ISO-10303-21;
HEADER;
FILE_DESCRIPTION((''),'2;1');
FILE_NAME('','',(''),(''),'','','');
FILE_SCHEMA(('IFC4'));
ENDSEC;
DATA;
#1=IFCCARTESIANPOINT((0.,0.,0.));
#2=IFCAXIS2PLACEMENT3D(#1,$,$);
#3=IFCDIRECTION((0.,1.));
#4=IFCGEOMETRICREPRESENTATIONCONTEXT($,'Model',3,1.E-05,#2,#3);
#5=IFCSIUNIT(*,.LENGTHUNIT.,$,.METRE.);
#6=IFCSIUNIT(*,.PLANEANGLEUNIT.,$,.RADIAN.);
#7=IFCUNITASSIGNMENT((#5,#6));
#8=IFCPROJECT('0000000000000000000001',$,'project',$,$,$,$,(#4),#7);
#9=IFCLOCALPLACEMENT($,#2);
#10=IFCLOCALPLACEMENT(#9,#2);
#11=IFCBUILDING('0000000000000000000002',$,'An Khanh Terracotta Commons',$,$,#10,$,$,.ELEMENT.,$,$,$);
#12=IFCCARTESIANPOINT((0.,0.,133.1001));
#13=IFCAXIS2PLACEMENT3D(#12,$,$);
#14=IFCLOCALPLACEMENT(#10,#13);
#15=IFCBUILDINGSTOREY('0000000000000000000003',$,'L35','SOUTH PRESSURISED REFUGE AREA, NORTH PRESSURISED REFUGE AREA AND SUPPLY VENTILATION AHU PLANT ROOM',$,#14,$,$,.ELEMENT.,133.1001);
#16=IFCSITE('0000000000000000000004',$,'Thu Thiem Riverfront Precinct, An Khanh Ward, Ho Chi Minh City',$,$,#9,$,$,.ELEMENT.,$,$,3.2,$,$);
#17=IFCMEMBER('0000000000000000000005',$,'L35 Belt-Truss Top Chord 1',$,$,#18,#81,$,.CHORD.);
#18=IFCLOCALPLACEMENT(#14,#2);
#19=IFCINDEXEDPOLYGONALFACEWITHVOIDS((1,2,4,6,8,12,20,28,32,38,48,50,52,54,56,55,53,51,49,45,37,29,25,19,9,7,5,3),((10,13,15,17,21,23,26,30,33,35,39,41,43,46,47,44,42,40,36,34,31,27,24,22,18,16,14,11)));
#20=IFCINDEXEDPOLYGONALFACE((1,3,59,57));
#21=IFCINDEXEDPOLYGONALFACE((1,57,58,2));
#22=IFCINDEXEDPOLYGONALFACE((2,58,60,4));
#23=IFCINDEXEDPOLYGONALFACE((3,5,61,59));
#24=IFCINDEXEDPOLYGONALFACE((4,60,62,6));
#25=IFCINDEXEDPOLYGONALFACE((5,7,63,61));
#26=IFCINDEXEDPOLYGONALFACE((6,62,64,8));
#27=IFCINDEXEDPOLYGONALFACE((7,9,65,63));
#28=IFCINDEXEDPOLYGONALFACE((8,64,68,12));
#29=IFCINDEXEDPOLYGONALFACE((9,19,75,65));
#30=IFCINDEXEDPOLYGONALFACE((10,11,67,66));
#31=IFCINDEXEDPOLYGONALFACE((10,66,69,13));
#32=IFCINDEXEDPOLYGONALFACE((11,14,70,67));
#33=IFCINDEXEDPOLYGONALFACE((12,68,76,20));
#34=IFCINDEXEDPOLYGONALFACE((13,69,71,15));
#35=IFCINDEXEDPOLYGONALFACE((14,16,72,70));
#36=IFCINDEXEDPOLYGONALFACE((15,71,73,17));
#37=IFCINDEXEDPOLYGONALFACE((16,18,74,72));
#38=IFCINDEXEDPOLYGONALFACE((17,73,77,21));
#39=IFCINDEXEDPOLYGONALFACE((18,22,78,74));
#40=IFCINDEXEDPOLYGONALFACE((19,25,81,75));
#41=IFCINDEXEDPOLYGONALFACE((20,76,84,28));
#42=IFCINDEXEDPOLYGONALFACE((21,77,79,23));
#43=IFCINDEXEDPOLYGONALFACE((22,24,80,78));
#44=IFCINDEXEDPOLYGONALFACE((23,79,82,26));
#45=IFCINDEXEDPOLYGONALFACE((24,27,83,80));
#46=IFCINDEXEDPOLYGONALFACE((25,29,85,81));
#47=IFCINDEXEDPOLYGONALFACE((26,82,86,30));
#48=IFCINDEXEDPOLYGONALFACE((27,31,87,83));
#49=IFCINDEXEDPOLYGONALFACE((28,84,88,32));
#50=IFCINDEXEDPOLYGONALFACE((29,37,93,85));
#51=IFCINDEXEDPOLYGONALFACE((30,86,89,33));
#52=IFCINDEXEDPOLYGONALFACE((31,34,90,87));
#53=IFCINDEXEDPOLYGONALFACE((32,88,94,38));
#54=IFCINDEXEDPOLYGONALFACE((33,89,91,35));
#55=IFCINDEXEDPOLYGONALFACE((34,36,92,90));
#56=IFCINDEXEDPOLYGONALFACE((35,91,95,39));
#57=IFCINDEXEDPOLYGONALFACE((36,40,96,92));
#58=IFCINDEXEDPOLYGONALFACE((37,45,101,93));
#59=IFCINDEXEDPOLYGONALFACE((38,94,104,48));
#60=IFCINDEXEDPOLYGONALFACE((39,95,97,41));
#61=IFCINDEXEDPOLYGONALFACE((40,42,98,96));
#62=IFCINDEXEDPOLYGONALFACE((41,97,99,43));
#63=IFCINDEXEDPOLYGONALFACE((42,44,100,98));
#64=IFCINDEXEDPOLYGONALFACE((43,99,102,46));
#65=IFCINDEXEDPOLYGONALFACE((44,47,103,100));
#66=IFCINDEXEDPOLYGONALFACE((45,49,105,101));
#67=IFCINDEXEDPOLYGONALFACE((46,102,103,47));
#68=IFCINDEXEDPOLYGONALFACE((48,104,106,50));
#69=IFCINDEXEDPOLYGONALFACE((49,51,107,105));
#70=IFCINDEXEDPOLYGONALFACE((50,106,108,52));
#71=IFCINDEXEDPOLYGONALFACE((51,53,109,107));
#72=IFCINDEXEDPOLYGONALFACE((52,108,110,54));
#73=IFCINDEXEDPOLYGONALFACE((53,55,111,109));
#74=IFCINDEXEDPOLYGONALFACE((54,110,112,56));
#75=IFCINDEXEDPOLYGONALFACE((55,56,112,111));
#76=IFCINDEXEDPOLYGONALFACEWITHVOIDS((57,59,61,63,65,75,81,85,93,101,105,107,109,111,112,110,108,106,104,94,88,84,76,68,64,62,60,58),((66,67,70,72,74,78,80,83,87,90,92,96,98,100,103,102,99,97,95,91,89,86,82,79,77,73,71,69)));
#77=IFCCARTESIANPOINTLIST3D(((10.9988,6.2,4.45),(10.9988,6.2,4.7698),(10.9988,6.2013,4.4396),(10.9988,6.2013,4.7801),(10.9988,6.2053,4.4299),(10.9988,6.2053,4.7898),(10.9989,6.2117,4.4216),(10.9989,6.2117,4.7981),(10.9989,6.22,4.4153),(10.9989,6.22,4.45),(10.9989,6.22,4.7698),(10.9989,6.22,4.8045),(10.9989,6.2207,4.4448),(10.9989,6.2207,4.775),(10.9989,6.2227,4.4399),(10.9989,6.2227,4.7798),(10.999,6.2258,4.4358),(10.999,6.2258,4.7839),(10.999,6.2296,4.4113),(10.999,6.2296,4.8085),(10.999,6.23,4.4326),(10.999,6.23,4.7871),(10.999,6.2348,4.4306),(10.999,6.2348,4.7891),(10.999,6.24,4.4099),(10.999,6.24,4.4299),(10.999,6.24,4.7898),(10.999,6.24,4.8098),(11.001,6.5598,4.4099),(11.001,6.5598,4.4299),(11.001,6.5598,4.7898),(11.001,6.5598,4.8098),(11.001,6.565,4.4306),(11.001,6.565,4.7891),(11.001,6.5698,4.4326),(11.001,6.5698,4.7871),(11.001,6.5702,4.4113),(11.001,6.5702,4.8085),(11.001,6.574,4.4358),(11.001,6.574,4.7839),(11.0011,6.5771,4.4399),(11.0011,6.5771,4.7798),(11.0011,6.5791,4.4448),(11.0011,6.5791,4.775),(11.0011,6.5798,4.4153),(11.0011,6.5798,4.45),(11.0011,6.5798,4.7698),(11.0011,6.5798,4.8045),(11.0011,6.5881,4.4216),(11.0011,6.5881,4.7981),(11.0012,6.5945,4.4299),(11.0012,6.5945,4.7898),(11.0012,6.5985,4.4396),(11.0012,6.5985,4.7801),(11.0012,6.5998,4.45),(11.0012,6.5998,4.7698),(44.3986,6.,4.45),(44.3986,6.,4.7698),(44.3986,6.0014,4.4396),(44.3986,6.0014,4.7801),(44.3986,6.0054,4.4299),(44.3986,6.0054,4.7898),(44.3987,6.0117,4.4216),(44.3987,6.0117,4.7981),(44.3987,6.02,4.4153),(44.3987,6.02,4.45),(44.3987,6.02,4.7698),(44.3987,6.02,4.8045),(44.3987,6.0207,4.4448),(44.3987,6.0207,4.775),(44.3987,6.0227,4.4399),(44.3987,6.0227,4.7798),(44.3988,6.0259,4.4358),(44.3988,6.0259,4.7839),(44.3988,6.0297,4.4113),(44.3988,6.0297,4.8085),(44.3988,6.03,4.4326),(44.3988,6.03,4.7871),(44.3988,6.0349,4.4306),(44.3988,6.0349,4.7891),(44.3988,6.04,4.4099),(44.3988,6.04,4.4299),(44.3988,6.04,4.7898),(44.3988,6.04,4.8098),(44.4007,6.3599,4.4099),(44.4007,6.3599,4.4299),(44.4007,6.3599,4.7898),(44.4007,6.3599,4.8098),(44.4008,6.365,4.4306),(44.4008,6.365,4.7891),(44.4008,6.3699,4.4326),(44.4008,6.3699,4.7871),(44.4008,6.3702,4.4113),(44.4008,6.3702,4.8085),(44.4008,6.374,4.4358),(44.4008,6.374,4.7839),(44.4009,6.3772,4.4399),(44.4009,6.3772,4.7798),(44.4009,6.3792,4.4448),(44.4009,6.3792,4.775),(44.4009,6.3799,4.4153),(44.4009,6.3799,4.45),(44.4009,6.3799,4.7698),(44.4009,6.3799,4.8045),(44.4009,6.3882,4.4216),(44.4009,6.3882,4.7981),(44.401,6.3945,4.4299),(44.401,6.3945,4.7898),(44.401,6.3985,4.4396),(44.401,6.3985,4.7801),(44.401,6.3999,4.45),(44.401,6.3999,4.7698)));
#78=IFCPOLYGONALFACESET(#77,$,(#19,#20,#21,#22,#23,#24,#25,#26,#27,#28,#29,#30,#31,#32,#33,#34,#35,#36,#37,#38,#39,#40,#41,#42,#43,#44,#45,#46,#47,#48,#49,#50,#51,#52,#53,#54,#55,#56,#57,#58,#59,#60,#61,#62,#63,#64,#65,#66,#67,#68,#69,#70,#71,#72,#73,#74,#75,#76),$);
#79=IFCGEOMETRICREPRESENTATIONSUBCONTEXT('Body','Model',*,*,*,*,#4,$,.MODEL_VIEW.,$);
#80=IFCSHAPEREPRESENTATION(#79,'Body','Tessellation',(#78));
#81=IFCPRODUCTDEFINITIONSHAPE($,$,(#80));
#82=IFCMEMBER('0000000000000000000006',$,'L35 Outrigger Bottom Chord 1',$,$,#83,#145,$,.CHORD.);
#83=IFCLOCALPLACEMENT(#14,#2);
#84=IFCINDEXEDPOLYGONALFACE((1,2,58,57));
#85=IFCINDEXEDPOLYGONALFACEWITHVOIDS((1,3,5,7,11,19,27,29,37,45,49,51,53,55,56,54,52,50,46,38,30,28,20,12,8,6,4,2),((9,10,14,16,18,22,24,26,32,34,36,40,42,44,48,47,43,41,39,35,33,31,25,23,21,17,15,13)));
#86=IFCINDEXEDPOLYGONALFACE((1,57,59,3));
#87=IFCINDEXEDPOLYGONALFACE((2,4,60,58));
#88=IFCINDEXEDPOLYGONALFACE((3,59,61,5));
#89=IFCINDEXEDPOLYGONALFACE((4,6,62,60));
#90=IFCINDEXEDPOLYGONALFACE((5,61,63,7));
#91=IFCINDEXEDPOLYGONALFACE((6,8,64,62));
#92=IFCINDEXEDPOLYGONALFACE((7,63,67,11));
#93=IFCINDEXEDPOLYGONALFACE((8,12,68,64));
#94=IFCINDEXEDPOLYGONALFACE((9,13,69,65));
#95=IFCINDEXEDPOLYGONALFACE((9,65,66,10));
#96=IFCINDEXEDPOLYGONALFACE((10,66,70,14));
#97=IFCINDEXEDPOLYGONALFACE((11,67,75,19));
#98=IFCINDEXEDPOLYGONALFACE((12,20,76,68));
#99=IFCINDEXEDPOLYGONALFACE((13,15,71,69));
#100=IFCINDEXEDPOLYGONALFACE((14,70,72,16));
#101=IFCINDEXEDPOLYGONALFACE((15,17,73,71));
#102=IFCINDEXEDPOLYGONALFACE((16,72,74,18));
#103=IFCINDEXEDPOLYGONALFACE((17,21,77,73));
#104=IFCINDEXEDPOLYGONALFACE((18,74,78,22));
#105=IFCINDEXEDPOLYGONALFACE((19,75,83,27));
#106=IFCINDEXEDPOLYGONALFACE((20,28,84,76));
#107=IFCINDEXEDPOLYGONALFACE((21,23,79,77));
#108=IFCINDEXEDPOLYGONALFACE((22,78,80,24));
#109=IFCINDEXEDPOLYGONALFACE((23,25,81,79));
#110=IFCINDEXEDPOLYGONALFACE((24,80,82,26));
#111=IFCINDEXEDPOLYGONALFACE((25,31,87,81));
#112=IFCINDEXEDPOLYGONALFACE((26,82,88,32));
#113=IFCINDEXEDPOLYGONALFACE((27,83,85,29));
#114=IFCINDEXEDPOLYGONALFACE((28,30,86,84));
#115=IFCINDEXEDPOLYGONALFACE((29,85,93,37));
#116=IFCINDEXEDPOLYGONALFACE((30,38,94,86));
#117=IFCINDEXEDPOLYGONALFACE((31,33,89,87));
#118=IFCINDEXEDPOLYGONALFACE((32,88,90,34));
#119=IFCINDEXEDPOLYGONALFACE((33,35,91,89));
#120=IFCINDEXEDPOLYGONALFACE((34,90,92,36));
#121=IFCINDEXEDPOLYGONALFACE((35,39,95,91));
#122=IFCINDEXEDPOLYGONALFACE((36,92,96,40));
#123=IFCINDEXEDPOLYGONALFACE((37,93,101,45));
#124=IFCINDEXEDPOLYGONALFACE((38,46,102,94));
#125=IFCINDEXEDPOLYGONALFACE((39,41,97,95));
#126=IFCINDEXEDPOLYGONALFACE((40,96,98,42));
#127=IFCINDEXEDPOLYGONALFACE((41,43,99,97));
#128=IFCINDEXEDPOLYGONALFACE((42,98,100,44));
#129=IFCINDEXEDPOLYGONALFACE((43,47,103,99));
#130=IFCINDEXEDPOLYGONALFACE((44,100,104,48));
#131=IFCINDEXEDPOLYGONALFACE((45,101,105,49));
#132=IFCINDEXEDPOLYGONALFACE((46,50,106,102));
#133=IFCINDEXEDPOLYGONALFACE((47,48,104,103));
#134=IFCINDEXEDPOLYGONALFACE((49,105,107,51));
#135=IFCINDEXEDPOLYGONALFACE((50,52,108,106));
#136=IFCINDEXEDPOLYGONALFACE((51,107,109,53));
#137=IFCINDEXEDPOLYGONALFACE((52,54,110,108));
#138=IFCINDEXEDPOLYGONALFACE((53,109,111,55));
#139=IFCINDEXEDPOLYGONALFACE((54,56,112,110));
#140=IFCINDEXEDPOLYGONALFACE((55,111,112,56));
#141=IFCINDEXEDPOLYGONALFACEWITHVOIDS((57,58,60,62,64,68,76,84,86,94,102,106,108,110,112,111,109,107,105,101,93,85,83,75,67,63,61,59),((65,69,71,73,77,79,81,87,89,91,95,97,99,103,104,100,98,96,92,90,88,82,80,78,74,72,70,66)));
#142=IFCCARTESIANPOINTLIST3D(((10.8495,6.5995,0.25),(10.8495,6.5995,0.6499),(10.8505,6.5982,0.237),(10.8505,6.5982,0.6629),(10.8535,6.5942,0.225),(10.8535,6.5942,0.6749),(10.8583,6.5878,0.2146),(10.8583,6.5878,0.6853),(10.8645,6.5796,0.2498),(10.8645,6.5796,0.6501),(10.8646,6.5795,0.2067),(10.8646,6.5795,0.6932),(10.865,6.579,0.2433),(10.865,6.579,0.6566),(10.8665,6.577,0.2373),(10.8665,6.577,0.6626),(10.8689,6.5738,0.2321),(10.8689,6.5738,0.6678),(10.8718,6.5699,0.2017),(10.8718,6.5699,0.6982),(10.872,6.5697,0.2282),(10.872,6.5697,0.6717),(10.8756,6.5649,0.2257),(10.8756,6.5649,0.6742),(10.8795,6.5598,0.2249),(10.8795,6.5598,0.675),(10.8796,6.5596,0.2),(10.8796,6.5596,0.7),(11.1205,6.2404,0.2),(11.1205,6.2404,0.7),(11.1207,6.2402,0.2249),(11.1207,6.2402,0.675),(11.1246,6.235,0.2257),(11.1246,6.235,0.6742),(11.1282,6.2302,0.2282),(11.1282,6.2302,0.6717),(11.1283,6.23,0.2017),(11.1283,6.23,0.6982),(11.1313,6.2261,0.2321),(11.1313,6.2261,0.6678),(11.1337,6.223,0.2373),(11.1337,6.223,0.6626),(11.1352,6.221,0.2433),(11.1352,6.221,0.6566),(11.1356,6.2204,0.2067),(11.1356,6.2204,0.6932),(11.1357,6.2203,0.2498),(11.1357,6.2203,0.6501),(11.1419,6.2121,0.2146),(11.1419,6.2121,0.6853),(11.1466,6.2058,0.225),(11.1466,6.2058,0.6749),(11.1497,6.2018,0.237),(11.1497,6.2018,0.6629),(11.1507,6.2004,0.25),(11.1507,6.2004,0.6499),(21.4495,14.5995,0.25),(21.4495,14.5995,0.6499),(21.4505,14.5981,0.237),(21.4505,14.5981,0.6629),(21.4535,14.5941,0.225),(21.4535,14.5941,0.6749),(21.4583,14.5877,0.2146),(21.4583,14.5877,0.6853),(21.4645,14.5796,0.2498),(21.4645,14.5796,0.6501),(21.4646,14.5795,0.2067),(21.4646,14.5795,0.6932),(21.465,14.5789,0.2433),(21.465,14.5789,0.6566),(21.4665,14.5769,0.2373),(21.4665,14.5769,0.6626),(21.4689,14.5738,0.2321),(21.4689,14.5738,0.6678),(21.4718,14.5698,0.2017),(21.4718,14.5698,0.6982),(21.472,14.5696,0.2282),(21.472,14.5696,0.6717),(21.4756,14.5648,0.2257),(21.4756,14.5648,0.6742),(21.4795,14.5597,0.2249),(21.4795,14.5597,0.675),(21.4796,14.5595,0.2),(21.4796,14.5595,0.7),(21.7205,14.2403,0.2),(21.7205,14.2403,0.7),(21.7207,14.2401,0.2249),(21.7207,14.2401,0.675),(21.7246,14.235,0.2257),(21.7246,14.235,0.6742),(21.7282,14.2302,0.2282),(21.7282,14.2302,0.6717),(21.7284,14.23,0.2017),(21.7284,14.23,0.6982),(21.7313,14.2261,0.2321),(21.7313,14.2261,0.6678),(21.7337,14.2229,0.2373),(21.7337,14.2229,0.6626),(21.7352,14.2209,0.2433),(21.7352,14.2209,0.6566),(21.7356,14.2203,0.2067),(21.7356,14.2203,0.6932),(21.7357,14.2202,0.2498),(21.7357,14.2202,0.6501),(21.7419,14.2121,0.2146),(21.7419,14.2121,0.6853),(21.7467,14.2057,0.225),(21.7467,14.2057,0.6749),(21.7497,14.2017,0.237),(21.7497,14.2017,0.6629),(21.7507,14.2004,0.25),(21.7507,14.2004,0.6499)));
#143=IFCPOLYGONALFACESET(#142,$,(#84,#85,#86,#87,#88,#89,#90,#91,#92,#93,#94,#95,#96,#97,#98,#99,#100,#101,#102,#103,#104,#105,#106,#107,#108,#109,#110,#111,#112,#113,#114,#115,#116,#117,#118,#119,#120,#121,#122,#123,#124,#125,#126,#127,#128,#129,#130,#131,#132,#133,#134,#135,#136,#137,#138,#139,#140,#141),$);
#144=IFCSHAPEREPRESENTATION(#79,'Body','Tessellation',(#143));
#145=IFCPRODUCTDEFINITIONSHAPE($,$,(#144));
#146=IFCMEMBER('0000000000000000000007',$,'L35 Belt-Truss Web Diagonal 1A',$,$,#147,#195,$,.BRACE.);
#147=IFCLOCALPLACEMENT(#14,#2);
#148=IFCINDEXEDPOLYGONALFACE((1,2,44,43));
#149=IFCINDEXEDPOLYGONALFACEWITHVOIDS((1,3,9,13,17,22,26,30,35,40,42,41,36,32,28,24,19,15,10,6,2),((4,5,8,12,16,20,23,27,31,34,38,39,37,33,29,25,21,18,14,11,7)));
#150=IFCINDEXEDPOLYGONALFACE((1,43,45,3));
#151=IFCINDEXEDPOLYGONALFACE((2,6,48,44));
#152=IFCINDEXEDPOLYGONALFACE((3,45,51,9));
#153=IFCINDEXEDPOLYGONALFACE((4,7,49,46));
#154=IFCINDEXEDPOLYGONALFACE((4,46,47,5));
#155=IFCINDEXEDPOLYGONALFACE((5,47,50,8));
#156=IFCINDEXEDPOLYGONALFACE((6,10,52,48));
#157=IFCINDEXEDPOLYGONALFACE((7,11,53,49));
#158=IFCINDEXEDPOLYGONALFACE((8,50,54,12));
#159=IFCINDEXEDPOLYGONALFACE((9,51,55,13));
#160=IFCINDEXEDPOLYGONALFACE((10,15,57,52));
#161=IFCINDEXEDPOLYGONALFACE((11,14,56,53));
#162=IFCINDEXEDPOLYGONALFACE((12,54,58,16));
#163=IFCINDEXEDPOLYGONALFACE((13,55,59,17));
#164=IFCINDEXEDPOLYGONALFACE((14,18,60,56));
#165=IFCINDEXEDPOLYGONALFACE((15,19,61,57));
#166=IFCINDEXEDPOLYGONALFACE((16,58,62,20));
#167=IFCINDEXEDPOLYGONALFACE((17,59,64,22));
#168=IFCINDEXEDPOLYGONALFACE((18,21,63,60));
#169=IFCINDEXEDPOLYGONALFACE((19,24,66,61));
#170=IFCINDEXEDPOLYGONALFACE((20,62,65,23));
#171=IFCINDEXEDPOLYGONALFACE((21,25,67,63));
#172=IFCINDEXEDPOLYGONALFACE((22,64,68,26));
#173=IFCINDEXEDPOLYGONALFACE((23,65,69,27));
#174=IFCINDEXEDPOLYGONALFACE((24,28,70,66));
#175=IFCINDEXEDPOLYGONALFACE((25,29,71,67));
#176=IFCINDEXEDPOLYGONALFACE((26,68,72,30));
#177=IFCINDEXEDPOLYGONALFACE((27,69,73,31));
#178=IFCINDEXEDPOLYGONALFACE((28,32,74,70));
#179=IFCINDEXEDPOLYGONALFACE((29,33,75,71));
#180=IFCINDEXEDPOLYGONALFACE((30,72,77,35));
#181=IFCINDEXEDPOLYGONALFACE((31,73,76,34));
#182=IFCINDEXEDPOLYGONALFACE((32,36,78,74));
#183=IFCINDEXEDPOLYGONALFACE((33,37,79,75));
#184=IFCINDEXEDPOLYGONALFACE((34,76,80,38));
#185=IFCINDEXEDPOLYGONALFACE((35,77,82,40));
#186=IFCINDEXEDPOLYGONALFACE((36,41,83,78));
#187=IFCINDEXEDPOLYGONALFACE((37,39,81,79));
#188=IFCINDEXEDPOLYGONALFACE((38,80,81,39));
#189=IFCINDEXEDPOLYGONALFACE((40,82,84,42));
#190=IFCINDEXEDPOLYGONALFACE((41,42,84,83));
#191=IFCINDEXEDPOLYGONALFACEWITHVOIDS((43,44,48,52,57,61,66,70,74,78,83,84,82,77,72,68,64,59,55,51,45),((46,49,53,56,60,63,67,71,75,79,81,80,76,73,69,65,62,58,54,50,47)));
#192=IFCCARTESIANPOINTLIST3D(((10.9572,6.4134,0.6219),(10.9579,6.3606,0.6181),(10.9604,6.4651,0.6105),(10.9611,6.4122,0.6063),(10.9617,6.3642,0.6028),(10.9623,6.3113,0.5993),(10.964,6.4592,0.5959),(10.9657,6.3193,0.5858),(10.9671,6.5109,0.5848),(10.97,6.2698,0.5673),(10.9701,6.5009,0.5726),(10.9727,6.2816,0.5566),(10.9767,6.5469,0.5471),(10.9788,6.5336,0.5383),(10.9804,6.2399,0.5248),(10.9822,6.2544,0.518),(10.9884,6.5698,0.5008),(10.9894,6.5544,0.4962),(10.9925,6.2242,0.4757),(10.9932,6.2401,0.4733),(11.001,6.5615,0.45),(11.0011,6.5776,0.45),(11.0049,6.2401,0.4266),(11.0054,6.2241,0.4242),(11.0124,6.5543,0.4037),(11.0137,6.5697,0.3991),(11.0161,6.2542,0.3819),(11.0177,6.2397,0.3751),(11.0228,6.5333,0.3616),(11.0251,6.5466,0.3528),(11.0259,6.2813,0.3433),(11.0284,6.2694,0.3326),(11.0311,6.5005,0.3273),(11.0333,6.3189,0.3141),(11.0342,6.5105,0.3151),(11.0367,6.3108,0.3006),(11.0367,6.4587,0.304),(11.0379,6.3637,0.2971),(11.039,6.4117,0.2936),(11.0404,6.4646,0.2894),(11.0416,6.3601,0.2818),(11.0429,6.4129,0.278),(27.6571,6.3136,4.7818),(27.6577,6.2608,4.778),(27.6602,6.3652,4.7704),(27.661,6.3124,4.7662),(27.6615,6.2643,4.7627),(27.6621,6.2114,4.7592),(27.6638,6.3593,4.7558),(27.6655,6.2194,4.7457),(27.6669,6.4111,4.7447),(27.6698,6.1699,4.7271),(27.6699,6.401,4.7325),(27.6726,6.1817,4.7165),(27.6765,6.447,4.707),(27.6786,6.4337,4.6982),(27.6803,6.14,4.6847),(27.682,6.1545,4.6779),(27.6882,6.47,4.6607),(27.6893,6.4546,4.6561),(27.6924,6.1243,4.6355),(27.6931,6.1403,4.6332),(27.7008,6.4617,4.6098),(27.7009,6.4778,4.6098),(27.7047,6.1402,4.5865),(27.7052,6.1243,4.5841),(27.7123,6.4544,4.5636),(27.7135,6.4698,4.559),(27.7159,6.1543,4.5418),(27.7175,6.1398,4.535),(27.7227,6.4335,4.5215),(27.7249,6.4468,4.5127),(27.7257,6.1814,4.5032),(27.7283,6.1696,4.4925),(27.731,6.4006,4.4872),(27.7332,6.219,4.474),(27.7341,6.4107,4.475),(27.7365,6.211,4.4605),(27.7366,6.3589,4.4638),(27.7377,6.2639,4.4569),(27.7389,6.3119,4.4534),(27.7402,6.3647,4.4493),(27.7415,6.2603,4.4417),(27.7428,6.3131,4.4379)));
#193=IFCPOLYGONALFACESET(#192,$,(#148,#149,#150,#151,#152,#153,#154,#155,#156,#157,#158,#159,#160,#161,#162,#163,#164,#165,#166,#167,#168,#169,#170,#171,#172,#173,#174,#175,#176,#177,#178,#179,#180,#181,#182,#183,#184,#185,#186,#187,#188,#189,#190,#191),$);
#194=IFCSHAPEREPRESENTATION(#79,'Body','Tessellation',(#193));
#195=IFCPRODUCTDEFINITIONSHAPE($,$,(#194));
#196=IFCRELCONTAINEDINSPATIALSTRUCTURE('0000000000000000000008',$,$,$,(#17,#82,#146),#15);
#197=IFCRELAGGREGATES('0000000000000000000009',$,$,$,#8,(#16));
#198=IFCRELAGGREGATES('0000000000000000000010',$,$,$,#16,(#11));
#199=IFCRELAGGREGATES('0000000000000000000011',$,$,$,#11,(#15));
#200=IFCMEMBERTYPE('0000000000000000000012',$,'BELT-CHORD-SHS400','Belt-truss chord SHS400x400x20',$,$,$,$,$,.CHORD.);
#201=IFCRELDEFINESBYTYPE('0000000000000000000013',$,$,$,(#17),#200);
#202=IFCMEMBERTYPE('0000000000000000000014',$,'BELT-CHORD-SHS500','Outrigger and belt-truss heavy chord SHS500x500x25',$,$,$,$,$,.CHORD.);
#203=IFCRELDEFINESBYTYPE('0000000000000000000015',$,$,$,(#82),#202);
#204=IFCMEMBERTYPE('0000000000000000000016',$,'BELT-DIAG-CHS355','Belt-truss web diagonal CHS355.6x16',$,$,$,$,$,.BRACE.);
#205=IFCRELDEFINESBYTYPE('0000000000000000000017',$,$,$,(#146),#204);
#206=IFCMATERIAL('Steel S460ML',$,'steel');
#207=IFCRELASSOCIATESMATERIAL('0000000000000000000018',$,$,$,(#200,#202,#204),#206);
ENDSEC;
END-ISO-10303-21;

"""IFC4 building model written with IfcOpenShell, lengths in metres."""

from ifc_helpers import new_model, si_unit, direction, frame, origin, origin_2d, place, context, subcontext, project, spatial, hollow_rectangle, hollow_circle, extrude, material, material_profile, profile_set, type_object, element, save


model = new_model("IFC4")

# Units and contexts
model_context = context("Model", 3, precision=1e-05, world=origin(), true_north=direction((0.0, 1.0)))
body_context = subcontext(model_context, "Body", "Model", "MODEL_VIEW")
ifc_project = project(units=[si_unit("LENGTHUNIT", "METRE"), si_unit("PLANEANGLEUNIT", "RADIAN")], contexts=[model_context])

# Site, building, storey
site_placement = place(None, origin())
site = spatial("IfcSite", under=ifc_project, at=site_placement, Name="Thu Thiem Riverfront Precinct, An Khanh Ward, Ho Chi Minh City", CompositionType="ELEMENT", RefElevation=3.2)
building_placement = place(site_placement, origin())
building = spatial("IfcBuilding", under=site, at=building_placement, Name="An Khanh Terracotta Commons", CompositionType="ELEMENT")
storey_placement = place(building_placement, frame((0.0, 0.0, 133.1001)))
storey = spatial("IfcBuildingStorey", under=building, at=storey_placement, Name="L35", Description="SOUTH PRESSURISED REFUGE AREA, NORTH PRESSURISED REFUGE AREA AND SUPPLY VENTILATION AHU PLANT ROOM", CompositionType="ELEMENT", Elevation=133.1001)

# Members
ifc_material_1 = material(Name="Steel S460ML", Category="steel")
ifc_material_profile_1 = material_profile(ifc_material_1, hollow_rectangle(XDim=0.3999, YDim=0.3999, WallThickness=0.02, InnerFilletRadius=0.02, OuterFilletRadius=0.04, at=origin_2d()), Name="SHS400x400x20")
ifc_profile_set_1 = profile_set([ifc_material_profile_1], Name="Steel S460ML")
member_type_1 = type_object("IfcMemberType", Name="BELT-CHORD-SHS400", Description="Belt-truss chord SHS400x400x20", PredefinedType="CHORD", material=ifc_profile_set_1)
for number, where, z_axis, x_axis, name in (
    (1, (11.0, 6.3999, 4.6099), (0.999982, -0.005986, 0.0), (0.005986, 0.999982, 0.0), "L35 Belt-Truss Top Chord 1"),
):
    element("IfcMember", number, at=place(storey_placement, frame(where, z_axis=z_axis, x_axis=x_axis)), inside=storey, type_object=member_type_1, Name=name, PredefinedType="CHORD", context=body_context, shape_type="SweptSolid", body=[
        extrude(hollow_rectangle(XDim=0.3999, YDim=0.3999, WallThickness=0.02, InnerFilletRadius=0.02, OuterFilletRadius=0.04, at=origin_2d()), origin(), (0.0, 0.0, 1.0), 33.4004),
    ])
ifc_material_profile_2 = material_profile(ifc_material_1, hollow_rectangle(XDim=0.5, YDim=0.5, WallThickness=0.0249, InnerFilletRadius=0.0249, OuterFilletRadius=0.05, at=origin_2d()), Name="SHS500x500x25")
ifc_profile_set_2 = profile_set([ifc_material_profile_2], Name="Steel S460ML")
member_type_2 = type_object("IfcMemberType", Name="BELT-CHORD-SHS500", Description="Outrigger and belt-truss heavy chord SHS500x500x25", PredefinedType="CHORD", material=ifc_profile_set_2)
member_1_placement = place(storey_placement, frame((21.6001, 14.3999, 0.45), z_axis=(-0.798192, -0.602403, 0.0), x_axis=(0.602403, -0.798192, 0.0)))
element("IfcMember", 2, at=member_1_placement, inside=storey, type_object=member_type_2, Name="L35 Outrigger Bottom Chord 1", PredefinedType="CHORD", context=body_context, shape_type="SweptSolid", body=[
    extrude(hollow_rectangle(XDim=0.5, YDim=0.5, WallThickness=0.0249, InnerFilletRadius=0.0249, OuterFilletRadius=0.05, at=origin_2d()), origin(), (0.0, 0.0, 1.0), 13.28),
])
ifc_material_profile_3 = material_profile(ifc_material_1, hollow_circle(Radius=0.1777, WallThickness=0.0161, at=origin_2d()), Name="CHS355.6x16")
ifc_profile_set_3 = profile_set([ifc_material_profile_3], Name="Steel S460ML")
member_type_3 = type_object("IfcMemberType", Name="BELT-DIAG-CHS355", Description="Belt-truss web diagonal CHS355.6x16", PredefinedType="BRACE", material=ifc_profile_set_3)
member_2_placement = place(storey_placement, frame((11.0, 6.3999, 0.45), z_axis=(0.970332, -0.005802, 0.241707), x_axis=(0.005979, 0.999982, 0.0)))
element("IfcMember", 3, at=member_2_placement, inside=storey, type_object=member_type_3, Name="L35 Belt-Truss Web Diagonal 1A", PredefinedType="BRACE", context=body_context, shape_type="SweptSolid", body=[
    extrude(hollow_circle(Radius=0.1777, WallThickness=0.0161, at=origin_2d()), origin(), (0.0, 0.0, 1.0), 17.2104),
])

save(model, "model.ifc")
